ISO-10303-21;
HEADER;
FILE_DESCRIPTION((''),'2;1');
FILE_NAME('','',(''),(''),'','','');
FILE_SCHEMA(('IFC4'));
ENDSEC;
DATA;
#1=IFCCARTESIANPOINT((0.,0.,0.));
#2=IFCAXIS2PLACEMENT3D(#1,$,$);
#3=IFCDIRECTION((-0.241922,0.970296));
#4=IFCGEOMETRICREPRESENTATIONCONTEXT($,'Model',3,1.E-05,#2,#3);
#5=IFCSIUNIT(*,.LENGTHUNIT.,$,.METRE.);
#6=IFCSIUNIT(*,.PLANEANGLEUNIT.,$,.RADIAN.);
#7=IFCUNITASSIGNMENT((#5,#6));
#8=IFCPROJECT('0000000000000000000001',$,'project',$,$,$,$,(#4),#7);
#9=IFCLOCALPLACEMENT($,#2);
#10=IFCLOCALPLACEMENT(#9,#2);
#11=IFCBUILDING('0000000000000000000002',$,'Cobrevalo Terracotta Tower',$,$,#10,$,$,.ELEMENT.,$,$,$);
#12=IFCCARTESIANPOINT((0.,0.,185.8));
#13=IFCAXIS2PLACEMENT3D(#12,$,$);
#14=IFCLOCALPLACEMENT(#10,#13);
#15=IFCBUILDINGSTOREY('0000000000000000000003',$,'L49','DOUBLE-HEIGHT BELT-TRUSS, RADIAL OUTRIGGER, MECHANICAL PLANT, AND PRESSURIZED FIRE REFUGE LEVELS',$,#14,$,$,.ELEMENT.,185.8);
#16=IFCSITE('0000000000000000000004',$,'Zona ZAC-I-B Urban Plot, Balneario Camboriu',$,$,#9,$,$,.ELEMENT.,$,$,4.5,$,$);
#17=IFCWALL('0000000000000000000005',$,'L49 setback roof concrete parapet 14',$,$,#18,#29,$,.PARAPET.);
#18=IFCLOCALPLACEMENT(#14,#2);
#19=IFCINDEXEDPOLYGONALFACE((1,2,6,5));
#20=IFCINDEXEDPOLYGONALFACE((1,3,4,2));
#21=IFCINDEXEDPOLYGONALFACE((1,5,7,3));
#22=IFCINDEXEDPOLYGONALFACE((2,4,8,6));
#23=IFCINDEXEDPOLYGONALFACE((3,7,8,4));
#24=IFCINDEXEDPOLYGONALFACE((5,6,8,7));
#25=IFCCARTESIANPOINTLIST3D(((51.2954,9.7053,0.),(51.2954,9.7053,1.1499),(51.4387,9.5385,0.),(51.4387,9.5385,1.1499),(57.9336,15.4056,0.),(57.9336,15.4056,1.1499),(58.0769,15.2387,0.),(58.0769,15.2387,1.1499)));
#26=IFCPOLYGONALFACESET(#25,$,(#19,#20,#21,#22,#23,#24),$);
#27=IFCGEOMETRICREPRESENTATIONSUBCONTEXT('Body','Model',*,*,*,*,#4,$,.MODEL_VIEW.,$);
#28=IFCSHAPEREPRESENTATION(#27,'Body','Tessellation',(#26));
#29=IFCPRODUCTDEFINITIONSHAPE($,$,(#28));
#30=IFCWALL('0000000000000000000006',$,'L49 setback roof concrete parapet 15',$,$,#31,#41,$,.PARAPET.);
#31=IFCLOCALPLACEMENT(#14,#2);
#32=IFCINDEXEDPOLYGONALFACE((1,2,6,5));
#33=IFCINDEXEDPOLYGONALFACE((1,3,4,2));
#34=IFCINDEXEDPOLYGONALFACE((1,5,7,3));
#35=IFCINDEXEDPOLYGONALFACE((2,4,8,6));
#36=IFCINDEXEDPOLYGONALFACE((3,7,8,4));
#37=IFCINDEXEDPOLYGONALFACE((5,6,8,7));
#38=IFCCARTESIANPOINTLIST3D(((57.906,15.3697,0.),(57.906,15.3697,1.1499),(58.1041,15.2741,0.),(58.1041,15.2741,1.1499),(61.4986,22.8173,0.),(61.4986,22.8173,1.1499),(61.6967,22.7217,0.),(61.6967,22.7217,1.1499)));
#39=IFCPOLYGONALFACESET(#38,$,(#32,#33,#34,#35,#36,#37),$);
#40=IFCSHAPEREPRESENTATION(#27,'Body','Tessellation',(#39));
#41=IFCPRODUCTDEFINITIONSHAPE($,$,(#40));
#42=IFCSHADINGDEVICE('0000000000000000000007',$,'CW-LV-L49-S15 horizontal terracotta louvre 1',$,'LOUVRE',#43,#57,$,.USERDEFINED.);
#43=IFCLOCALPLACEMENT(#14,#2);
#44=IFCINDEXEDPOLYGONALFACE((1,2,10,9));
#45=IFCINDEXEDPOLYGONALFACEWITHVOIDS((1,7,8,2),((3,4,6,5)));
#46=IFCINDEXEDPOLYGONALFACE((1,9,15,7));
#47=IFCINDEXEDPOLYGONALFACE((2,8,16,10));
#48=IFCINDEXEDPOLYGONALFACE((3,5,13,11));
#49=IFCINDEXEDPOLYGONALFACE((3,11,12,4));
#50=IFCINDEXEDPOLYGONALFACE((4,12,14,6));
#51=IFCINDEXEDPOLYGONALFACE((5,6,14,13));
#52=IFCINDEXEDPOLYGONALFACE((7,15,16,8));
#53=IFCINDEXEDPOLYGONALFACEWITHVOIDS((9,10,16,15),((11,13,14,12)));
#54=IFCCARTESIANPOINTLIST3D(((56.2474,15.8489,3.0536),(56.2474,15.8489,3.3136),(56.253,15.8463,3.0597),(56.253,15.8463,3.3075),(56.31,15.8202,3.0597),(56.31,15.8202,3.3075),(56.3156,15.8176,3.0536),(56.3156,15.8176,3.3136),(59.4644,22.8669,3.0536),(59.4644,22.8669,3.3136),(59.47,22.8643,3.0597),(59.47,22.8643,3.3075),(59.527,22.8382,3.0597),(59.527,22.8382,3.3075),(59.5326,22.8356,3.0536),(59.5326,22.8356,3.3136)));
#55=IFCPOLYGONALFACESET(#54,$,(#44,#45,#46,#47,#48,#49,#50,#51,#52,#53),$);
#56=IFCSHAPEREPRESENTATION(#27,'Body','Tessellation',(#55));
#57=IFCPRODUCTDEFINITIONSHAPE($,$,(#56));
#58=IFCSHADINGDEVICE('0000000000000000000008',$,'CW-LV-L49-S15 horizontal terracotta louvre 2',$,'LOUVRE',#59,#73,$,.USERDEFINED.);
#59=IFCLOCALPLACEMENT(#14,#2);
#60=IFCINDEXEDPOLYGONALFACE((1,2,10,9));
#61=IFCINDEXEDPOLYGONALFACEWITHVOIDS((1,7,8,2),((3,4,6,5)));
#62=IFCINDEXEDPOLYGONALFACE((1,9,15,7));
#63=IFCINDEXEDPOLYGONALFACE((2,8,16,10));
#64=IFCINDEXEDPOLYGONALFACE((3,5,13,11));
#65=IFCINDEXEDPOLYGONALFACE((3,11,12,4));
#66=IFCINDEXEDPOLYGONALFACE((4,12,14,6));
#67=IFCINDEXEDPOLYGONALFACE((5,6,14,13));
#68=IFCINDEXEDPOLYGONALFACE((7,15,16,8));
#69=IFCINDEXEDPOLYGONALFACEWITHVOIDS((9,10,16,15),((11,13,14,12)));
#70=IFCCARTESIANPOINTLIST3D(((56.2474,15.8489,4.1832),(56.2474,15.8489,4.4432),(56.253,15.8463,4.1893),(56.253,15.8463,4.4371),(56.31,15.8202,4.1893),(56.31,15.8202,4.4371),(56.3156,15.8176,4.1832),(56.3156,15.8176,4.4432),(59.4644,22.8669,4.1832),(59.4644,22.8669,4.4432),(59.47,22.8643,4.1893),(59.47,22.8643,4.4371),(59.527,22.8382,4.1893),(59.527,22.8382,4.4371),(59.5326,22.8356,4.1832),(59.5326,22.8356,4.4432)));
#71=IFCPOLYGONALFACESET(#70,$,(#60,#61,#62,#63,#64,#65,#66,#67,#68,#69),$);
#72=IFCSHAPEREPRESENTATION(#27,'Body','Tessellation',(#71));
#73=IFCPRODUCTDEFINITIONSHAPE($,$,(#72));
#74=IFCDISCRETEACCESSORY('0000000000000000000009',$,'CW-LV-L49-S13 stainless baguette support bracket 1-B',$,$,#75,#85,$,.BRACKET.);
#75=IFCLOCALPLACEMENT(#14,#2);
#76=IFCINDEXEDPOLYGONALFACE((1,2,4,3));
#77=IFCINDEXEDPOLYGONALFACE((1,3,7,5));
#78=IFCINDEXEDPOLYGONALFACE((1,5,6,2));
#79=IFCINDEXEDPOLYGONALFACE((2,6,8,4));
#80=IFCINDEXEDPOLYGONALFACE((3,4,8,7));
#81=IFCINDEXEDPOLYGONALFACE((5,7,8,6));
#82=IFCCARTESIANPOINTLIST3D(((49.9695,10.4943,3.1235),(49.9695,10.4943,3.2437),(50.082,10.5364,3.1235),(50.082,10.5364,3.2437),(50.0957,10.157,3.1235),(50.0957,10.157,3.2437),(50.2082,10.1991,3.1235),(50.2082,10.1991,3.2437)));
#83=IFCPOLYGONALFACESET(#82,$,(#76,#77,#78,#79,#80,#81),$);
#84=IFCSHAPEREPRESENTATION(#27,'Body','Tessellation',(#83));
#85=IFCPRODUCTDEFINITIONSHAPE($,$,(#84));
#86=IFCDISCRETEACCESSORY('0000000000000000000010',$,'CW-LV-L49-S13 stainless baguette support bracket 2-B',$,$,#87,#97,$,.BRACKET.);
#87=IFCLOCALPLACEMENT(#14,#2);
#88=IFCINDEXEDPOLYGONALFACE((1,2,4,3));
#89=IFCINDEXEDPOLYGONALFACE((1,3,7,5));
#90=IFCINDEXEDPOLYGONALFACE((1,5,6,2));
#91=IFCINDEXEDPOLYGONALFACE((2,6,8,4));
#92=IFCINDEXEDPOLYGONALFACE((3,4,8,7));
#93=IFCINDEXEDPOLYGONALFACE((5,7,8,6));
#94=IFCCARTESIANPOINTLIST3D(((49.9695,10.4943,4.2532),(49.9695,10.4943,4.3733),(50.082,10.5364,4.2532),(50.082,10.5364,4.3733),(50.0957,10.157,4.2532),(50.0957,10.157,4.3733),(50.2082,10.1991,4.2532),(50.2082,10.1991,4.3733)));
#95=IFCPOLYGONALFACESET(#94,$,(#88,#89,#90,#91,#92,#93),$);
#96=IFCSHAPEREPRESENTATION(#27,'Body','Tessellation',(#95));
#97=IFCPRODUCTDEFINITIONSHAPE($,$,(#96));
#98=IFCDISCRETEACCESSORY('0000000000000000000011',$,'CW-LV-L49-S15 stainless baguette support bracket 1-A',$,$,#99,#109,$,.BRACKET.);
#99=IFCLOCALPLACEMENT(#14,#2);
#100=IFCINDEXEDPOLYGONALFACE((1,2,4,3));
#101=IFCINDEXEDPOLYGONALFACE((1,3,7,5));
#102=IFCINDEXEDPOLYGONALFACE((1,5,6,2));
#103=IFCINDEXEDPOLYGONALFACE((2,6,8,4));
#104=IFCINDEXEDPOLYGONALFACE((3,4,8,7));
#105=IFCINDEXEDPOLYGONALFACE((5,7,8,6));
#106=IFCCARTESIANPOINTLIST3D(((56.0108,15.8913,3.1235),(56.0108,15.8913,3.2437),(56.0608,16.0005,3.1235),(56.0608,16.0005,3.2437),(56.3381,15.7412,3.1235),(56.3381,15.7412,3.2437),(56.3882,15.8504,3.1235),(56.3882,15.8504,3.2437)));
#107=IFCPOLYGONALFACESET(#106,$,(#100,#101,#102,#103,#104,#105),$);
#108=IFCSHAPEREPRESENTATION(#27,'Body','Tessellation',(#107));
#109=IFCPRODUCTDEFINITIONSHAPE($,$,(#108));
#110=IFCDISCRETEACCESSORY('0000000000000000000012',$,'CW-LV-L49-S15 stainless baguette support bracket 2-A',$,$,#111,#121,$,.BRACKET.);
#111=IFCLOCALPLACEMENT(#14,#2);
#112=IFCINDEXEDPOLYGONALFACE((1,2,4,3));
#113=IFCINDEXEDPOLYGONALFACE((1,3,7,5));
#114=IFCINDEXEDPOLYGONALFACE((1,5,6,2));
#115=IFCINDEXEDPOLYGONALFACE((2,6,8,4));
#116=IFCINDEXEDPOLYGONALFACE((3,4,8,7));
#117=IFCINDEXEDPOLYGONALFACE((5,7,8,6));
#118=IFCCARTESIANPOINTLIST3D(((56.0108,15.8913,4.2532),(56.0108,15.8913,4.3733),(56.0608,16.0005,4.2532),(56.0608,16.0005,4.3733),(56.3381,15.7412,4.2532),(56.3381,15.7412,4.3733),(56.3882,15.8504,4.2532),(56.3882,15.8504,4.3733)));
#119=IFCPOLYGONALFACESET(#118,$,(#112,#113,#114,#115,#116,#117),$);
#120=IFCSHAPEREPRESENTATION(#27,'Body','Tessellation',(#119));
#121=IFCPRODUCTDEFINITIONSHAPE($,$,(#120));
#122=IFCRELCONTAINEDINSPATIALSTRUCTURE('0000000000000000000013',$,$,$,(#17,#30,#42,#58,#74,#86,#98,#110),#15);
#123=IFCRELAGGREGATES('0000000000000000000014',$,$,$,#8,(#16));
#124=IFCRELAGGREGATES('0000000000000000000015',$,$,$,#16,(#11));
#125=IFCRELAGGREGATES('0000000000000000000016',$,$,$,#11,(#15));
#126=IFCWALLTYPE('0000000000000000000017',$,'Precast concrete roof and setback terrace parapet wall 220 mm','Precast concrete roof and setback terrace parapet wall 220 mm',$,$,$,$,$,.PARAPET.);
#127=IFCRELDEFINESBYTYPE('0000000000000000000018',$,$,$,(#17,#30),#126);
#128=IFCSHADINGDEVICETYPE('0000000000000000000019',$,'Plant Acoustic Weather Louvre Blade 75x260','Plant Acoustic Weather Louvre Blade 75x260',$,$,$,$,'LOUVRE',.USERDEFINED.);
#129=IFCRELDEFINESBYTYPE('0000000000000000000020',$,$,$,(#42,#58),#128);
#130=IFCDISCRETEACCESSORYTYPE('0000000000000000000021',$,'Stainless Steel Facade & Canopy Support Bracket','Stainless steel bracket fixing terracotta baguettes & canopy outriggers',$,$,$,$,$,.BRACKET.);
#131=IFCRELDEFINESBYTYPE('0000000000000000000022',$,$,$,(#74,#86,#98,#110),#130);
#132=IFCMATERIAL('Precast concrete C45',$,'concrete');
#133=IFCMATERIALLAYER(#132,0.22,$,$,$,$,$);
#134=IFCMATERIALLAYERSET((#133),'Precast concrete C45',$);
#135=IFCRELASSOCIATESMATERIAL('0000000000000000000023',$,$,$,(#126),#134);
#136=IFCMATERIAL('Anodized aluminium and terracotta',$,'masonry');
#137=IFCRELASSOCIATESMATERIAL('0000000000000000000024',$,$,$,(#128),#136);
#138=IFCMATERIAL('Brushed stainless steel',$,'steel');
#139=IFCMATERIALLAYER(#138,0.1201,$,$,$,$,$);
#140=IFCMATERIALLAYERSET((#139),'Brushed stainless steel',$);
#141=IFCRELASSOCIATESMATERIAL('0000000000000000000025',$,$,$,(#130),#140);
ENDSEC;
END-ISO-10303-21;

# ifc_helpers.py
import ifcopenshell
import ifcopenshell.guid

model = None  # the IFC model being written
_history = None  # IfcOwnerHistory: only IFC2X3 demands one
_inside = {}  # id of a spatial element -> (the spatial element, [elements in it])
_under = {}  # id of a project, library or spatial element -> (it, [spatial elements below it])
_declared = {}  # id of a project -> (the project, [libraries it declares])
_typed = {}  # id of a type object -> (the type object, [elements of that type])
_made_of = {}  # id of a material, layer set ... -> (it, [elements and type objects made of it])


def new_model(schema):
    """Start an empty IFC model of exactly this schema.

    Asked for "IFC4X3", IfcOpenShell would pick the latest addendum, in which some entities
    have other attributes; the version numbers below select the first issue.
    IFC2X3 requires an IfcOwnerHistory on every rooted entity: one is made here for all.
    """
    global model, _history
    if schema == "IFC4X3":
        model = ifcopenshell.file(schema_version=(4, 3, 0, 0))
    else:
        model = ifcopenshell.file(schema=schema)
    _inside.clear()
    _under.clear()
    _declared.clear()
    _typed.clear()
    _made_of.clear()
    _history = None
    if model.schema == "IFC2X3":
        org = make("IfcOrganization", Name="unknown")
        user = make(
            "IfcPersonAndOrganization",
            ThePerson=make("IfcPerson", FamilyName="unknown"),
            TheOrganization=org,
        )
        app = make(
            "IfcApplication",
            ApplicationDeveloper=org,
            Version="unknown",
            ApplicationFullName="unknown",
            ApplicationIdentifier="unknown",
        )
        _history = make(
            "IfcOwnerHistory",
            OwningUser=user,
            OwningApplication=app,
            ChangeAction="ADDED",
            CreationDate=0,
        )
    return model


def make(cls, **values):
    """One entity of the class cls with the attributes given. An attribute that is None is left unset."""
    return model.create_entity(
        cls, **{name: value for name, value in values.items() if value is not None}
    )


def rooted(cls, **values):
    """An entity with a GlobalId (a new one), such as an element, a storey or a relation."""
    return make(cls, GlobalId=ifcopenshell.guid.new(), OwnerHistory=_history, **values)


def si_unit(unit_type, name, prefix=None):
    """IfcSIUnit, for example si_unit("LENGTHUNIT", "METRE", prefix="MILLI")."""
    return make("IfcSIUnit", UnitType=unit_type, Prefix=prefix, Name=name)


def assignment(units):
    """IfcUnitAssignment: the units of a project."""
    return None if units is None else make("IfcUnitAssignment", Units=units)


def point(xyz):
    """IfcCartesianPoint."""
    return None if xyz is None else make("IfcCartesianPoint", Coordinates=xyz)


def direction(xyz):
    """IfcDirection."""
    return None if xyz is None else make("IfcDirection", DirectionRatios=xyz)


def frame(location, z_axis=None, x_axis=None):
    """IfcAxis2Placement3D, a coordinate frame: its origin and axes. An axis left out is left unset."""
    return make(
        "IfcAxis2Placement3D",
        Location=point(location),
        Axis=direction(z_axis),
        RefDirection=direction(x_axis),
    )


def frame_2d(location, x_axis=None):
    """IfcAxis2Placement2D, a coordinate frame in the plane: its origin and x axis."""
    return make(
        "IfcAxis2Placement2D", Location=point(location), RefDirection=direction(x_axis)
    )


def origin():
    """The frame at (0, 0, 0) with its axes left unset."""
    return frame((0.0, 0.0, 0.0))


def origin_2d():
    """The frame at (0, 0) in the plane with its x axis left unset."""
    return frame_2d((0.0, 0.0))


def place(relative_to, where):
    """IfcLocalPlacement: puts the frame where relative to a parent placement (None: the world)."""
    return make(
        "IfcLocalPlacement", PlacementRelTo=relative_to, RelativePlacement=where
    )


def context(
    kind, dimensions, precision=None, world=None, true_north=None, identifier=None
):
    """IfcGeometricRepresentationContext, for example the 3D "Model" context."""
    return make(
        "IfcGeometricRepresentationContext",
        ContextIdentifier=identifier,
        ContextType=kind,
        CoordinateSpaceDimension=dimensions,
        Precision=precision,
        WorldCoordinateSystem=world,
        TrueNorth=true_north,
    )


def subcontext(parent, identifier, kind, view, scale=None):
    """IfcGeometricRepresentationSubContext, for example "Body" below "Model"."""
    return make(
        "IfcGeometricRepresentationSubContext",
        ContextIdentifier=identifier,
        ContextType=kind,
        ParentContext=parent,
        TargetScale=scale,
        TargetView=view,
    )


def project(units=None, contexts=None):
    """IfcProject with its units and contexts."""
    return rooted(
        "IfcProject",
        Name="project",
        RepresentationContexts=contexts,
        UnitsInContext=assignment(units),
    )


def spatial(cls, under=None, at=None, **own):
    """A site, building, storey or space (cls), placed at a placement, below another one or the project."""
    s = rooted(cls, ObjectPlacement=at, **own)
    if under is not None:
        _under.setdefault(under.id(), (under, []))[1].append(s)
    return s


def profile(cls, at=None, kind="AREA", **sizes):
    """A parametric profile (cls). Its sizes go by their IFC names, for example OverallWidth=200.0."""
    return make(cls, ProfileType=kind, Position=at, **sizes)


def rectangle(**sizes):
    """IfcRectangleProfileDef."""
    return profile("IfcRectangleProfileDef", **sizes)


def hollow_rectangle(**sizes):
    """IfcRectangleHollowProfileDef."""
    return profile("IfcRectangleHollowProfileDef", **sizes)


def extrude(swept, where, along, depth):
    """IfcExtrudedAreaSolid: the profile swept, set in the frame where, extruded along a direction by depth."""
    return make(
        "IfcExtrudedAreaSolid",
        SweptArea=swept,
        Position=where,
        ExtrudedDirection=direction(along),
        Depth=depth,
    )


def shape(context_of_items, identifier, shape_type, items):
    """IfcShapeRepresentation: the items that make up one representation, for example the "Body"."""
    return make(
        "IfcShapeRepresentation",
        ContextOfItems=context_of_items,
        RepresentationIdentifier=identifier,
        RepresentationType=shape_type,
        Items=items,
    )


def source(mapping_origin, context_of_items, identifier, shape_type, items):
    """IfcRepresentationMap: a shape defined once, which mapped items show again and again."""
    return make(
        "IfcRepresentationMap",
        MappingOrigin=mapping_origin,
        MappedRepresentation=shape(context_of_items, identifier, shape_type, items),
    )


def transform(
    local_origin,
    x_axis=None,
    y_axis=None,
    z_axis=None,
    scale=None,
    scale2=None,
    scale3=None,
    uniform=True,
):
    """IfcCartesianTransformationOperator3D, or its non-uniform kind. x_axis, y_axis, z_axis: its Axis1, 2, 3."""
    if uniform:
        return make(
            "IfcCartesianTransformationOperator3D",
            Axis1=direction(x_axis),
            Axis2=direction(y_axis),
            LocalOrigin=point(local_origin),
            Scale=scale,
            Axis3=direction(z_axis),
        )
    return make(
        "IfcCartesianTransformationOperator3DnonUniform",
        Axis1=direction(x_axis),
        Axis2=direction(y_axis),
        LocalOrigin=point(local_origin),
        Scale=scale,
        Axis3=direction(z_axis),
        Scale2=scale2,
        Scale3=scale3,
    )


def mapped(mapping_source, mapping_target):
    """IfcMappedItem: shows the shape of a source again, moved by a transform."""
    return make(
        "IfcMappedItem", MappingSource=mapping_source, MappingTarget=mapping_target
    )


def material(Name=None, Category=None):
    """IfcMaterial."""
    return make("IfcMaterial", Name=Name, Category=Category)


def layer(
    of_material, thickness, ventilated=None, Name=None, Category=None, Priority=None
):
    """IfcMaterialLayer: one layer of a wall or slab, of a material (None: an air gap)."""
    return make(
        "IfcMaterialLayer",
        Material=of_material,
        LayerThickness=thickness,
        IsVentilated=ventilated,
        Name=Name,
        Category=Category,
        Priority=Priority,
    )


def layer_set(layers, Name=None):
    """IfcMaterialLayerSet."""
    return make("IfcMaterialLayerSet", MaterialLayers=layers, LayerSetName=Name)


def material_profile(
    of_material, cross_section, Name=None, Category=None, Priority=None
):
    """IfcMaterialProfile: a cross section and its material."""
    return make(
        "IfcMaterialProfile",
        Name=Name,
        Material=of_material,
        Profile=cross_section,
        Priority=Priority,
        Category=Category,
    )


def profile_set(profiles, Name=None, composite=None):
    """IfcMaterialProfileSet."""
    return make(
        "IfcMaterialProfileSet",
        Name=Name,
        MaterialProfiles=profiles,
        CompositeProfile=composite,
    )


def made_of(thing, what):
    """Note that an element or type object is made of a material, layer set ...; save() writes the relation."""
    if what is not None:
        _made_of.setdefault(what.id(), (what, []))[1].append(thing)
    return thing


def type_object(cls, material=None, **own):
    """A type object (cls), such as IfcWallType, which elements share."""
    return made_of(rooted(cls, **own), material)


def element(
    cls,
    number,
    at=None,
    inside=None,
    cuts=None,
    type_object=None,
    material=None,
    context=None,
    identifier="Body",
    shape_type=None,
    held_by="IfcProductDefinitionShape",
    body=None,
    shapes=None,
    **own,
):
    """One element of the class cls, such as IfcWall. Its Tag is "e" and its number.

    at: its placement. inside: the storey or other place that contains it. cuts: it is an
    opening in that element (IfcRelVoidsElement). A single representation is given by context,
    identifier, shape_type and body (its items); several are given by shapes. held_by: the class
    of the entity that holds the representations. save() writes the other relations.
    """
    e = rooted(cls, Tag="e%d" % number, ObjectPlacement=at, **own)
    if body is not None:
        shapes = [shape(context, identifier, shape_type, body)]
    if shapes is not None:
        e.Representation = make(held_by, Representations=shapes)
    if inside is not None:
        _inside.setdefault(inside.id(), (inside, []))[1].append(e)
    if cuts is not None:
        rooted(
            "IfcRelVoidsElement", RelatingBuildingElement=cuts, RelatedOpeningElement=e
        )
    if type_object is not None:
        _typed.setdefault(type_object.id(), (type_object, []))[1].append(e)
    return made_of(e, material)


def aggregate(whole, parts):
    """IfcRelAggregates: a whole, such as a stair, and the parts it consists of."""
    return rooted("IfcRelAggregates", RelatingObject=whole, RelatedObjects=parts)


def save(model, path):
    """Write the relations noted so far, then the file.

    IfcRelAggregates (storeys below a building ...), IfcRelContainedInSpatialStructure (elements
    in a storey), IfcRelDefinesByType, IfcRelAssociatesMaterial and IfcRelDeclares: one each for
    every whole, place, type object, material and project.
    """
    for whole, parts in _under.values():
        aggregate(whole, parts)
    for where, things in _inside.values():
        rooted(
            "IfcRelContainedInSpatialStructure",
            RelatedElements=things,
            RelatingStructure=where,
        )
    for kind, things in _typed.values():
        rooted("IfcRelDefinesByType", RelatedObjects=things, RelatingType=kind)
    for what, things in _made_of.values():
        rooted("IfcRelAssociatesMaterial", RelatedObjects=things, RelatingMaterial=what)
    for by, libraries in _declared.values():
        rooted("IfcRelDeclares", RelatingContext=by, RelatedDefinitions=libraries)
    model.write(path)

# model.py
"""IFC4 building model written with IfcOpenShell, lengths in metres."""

from ifc_helpers import new_model, si_unit, direction, frame, frame_2d, origin, origin_2d, place, context, subcontext, project, spatial, rectangle, hollow_rectangle, extrude, source, transform, mapped, material, layer, layer_set, material_profile, profile_set, type_object, element, save


model = new_model("IFC4")

# Units and contexts
model_context = context("Model", 3, precision=1e-05, world=origin(), true_north=direction((-0.241922, 0.970296)))
body_context = subcontext(model_context, "Body", "Model", "MODEL_VIEW")
ifc_project = project(units=[si_unit("LENGTHUNIT", "METRE"), si_unit("PLANEANGLEUNIT", "RADIAN")], contexts=[model_context])

# Site, building, storey
site_placement = place(None, origin())
site = spatial("IfcSite", under=ifc_project, at=site_placement, Name="Zona ZAC-I-B Urban Plot, Balneario Camboriu", CompositionType="ELEMENT", RefElevation=4.5)
building_placement = place(site_placement, origin())
building = spatial("IfcBuilding", under=site, at=building_placement, Name="Cobrevalo Terracotta Tower", CompositionType="ELEMENT")
storey_placement = place(building_placement, frame((0.0, 0.0, 185.8)))
storey = spatial("IfcBuildingStorey", under=building, at=storey_placement, Name="L49", Description="DOUBLE-HEIGHT BELT-TRUSS, RADIAL OUTRIGGER, MECHANICAL PLANT, AND PRESSURIZED FIRE REFUGE LEVELS", CompositionType="ELEMENT", Elevation=185.8)

# Walls
ifc_material_1 = material(Name="Precast concrete C45", Category="concrete")
ifc_layer_1 = layer(ifc_material_1, 0.22)
ifc_layer_set_1 = layer_set([ifc_layer_1], Name="Precast concrete C45")
wall_type_1 = type_object("IfcWallType", Name="Precast concrete roof and setback terrace parapet wall 220 mm", Description="Precast concrete roof and setback terrace parapet wall 220 mm", PredefinedType="PARAPET", material=ifc_layer_set_1)
wall_1_placement = place(storey_placement, frame((51.3669, 9.6218, 0.0), z_axis=(0.0, 0.0, 1.0), x_axis=(0.758673, 0.651471, 0.0)))
element("IfcWall", 1, at=wall_1_placement, inside=storey, type_object=wall_type_1, Name="L49 setback roof concrete parapet 14", PredefinedType="PARAPET", context=body_context, shape_type="SweptSolid", body=[
    extrude(rectangle(XDim=8.7498, YDim=0.22, at=frame_2d((4.375, 0.0))), origin(), (0.0, 0.0, 1.0), 1.1499),
])
wall_2_placement = place(storey_placement, frame((58.0051, 15.322, 0.0), z_axis=(0.0, 0.0, 1.0), x_axis=(0.434472, 0.900685, 0.0)))
element("IfcWall", 2, at=wall_2_placement, inside=storey, type_object=wall_type_1, Name="L49 setback roof concrete parapet 15", PredefinedType="PARAPET", context=body_context, shape_type="SweptSolid", body=[
    extrude(rectangle(XDim=8.2688, YDim=0.22, at=frame_2d((4.1343, 0.0))), origin(), (0.0, 0.0, 1.0), 1.1499),
])

# Shading devices
ifc_material_2 = material(Name="Anodized aluminium and terracotta", Category="masonry")
ifc_material_profile_1 = material_profile(ifc_material_2, hollow_rectangle(XDim=0.075, YDim=0.26, WallThickness=0.0061, at=origin_2d()), Name="LOUVRE BLADE 75x260")
ifc_profile_set_1 = profile_set([ifc_material_profile_1], Name="Anodized aluminium and terracotta")
shading_device_type = type_object("IfcShadingDeviceType", Name="Plant Acoustic Weather Louvre Blade 75x260", Description="Plant Acoustic Weather Louvre Blade 75x260", ElementType="LOUVRE", PredefinedType="USERDEFINED", material=ifc_profile_set_1)
shared_shape_1 = source(origin(), body_context, "Body", "SweptSolid", [
    extrude(hollow_rectangle(XDim=0.075, YDim=0.26, WallThickness=0.0061, at=origin_2d()), origin(), (0.0, 0.0, 1.0), 7.7202),
])
for number, where, z_axis, x_axis, name in (
    (3, (56.2815, 15.8333, 3.1836), (0.4167, 0.909044, 0.0), (-0.909044, 0.4167, 0.0), "CW-LV-L49-S15 horizontal terracotta louvre 1"),
    (4, (56.2815, 15.8333, 4.3132), (0.4167, 0.909044, 0.0), (-0.909044, 0.4167, 0.0), "CW-LV-L49-S15 horizontal terracotta louvre 2"),
):
    element("IfcShadingDevice", number, at=place(storey_placement, frame(where, z_axis=z_axis, x_axis=x_axis)), inside=storey, type_object=shading_device_type, Name=name, ObjectType="LOUVRE", PredefinedType="USERDEFINED", context=body_context, shape_type="MappedRepresentation", body=[
        mapped(shared_shape_1, transform((0.0, 0.0, 0.0), scale=1.0)),
    ])

# Discrete accessories
ifc_material_3 = material(Name="Brushed stainless steel", Category="steel")
ifc_layer_2 = layer(ifc_material_3, 0.1201)
ifc_layer_set_2 = layer_set([ifc_layer_2], Name="Brushed stainless steel")
discrete_accessory_type = type_object("IfcDiscreteAccessoryType", Name="Stainless Steel Facade & Canopy Support Bracket", Description="Stainless steel bracket fixing terracotta baguettes & canopy outriggers", PredefinedType="BRACKET", material=ifc_layer_set_2)
shared_shape_2 = source(origin(), body_context, "Body", "SweptSolid", [
    extrude(rectangle(XDim=0.1201, YDim=0.3601, at=origin_2d()), origin(), (0.0, 0.0, 1.0), 0.1201),
])
for number, where, z_axis, x_axis, name in (
    (5, (50.0889, 10.3467, 3.1235), (0.0, 0.0, 1.0), (0.936558, 0.350513, 0.0), "CW-LV-L49-S13 stainless baguette support bracket 1-B"),
    (6, (50.0889, 10.3467, 4.2532), (0.0, 0.0, 1.0), (0.936558, 0.350513, 0.0), "CW-LV-L49-S13 stainless baguette support bracket 2-B"),
    (7, (56.1995, 15.8708, 3.1235), (0.0, 0.0, 1.0), (0.416731, 0.90903, 0.0), "CW-LV-L49-S15 stainless baguette support bracket 1-A"),
    (8, (56.1995, 15.8708, 4.2532), (0.0, 0.0, 1.0), (0.416731, 0.90903, 0.0), "CW-LV-L49-S15 stainless baguette support bracket 2-A"),
):
    element("IfcDiscreteAccessory", number, at=place(storey_placement, frame(where, z_axis=z_axis, x_axis=x_axis)), inside=storey, type_object=discrete_accessory_type, Name=name, PredefinedType="BRACKET", context=body_context, shape_type="MappedRepresentation", body=[
        mapped(shared_shape_2, transform((0.0, 0.0, 0.0), scale=1.0)),
    ])

save(model, "model.ifc")
